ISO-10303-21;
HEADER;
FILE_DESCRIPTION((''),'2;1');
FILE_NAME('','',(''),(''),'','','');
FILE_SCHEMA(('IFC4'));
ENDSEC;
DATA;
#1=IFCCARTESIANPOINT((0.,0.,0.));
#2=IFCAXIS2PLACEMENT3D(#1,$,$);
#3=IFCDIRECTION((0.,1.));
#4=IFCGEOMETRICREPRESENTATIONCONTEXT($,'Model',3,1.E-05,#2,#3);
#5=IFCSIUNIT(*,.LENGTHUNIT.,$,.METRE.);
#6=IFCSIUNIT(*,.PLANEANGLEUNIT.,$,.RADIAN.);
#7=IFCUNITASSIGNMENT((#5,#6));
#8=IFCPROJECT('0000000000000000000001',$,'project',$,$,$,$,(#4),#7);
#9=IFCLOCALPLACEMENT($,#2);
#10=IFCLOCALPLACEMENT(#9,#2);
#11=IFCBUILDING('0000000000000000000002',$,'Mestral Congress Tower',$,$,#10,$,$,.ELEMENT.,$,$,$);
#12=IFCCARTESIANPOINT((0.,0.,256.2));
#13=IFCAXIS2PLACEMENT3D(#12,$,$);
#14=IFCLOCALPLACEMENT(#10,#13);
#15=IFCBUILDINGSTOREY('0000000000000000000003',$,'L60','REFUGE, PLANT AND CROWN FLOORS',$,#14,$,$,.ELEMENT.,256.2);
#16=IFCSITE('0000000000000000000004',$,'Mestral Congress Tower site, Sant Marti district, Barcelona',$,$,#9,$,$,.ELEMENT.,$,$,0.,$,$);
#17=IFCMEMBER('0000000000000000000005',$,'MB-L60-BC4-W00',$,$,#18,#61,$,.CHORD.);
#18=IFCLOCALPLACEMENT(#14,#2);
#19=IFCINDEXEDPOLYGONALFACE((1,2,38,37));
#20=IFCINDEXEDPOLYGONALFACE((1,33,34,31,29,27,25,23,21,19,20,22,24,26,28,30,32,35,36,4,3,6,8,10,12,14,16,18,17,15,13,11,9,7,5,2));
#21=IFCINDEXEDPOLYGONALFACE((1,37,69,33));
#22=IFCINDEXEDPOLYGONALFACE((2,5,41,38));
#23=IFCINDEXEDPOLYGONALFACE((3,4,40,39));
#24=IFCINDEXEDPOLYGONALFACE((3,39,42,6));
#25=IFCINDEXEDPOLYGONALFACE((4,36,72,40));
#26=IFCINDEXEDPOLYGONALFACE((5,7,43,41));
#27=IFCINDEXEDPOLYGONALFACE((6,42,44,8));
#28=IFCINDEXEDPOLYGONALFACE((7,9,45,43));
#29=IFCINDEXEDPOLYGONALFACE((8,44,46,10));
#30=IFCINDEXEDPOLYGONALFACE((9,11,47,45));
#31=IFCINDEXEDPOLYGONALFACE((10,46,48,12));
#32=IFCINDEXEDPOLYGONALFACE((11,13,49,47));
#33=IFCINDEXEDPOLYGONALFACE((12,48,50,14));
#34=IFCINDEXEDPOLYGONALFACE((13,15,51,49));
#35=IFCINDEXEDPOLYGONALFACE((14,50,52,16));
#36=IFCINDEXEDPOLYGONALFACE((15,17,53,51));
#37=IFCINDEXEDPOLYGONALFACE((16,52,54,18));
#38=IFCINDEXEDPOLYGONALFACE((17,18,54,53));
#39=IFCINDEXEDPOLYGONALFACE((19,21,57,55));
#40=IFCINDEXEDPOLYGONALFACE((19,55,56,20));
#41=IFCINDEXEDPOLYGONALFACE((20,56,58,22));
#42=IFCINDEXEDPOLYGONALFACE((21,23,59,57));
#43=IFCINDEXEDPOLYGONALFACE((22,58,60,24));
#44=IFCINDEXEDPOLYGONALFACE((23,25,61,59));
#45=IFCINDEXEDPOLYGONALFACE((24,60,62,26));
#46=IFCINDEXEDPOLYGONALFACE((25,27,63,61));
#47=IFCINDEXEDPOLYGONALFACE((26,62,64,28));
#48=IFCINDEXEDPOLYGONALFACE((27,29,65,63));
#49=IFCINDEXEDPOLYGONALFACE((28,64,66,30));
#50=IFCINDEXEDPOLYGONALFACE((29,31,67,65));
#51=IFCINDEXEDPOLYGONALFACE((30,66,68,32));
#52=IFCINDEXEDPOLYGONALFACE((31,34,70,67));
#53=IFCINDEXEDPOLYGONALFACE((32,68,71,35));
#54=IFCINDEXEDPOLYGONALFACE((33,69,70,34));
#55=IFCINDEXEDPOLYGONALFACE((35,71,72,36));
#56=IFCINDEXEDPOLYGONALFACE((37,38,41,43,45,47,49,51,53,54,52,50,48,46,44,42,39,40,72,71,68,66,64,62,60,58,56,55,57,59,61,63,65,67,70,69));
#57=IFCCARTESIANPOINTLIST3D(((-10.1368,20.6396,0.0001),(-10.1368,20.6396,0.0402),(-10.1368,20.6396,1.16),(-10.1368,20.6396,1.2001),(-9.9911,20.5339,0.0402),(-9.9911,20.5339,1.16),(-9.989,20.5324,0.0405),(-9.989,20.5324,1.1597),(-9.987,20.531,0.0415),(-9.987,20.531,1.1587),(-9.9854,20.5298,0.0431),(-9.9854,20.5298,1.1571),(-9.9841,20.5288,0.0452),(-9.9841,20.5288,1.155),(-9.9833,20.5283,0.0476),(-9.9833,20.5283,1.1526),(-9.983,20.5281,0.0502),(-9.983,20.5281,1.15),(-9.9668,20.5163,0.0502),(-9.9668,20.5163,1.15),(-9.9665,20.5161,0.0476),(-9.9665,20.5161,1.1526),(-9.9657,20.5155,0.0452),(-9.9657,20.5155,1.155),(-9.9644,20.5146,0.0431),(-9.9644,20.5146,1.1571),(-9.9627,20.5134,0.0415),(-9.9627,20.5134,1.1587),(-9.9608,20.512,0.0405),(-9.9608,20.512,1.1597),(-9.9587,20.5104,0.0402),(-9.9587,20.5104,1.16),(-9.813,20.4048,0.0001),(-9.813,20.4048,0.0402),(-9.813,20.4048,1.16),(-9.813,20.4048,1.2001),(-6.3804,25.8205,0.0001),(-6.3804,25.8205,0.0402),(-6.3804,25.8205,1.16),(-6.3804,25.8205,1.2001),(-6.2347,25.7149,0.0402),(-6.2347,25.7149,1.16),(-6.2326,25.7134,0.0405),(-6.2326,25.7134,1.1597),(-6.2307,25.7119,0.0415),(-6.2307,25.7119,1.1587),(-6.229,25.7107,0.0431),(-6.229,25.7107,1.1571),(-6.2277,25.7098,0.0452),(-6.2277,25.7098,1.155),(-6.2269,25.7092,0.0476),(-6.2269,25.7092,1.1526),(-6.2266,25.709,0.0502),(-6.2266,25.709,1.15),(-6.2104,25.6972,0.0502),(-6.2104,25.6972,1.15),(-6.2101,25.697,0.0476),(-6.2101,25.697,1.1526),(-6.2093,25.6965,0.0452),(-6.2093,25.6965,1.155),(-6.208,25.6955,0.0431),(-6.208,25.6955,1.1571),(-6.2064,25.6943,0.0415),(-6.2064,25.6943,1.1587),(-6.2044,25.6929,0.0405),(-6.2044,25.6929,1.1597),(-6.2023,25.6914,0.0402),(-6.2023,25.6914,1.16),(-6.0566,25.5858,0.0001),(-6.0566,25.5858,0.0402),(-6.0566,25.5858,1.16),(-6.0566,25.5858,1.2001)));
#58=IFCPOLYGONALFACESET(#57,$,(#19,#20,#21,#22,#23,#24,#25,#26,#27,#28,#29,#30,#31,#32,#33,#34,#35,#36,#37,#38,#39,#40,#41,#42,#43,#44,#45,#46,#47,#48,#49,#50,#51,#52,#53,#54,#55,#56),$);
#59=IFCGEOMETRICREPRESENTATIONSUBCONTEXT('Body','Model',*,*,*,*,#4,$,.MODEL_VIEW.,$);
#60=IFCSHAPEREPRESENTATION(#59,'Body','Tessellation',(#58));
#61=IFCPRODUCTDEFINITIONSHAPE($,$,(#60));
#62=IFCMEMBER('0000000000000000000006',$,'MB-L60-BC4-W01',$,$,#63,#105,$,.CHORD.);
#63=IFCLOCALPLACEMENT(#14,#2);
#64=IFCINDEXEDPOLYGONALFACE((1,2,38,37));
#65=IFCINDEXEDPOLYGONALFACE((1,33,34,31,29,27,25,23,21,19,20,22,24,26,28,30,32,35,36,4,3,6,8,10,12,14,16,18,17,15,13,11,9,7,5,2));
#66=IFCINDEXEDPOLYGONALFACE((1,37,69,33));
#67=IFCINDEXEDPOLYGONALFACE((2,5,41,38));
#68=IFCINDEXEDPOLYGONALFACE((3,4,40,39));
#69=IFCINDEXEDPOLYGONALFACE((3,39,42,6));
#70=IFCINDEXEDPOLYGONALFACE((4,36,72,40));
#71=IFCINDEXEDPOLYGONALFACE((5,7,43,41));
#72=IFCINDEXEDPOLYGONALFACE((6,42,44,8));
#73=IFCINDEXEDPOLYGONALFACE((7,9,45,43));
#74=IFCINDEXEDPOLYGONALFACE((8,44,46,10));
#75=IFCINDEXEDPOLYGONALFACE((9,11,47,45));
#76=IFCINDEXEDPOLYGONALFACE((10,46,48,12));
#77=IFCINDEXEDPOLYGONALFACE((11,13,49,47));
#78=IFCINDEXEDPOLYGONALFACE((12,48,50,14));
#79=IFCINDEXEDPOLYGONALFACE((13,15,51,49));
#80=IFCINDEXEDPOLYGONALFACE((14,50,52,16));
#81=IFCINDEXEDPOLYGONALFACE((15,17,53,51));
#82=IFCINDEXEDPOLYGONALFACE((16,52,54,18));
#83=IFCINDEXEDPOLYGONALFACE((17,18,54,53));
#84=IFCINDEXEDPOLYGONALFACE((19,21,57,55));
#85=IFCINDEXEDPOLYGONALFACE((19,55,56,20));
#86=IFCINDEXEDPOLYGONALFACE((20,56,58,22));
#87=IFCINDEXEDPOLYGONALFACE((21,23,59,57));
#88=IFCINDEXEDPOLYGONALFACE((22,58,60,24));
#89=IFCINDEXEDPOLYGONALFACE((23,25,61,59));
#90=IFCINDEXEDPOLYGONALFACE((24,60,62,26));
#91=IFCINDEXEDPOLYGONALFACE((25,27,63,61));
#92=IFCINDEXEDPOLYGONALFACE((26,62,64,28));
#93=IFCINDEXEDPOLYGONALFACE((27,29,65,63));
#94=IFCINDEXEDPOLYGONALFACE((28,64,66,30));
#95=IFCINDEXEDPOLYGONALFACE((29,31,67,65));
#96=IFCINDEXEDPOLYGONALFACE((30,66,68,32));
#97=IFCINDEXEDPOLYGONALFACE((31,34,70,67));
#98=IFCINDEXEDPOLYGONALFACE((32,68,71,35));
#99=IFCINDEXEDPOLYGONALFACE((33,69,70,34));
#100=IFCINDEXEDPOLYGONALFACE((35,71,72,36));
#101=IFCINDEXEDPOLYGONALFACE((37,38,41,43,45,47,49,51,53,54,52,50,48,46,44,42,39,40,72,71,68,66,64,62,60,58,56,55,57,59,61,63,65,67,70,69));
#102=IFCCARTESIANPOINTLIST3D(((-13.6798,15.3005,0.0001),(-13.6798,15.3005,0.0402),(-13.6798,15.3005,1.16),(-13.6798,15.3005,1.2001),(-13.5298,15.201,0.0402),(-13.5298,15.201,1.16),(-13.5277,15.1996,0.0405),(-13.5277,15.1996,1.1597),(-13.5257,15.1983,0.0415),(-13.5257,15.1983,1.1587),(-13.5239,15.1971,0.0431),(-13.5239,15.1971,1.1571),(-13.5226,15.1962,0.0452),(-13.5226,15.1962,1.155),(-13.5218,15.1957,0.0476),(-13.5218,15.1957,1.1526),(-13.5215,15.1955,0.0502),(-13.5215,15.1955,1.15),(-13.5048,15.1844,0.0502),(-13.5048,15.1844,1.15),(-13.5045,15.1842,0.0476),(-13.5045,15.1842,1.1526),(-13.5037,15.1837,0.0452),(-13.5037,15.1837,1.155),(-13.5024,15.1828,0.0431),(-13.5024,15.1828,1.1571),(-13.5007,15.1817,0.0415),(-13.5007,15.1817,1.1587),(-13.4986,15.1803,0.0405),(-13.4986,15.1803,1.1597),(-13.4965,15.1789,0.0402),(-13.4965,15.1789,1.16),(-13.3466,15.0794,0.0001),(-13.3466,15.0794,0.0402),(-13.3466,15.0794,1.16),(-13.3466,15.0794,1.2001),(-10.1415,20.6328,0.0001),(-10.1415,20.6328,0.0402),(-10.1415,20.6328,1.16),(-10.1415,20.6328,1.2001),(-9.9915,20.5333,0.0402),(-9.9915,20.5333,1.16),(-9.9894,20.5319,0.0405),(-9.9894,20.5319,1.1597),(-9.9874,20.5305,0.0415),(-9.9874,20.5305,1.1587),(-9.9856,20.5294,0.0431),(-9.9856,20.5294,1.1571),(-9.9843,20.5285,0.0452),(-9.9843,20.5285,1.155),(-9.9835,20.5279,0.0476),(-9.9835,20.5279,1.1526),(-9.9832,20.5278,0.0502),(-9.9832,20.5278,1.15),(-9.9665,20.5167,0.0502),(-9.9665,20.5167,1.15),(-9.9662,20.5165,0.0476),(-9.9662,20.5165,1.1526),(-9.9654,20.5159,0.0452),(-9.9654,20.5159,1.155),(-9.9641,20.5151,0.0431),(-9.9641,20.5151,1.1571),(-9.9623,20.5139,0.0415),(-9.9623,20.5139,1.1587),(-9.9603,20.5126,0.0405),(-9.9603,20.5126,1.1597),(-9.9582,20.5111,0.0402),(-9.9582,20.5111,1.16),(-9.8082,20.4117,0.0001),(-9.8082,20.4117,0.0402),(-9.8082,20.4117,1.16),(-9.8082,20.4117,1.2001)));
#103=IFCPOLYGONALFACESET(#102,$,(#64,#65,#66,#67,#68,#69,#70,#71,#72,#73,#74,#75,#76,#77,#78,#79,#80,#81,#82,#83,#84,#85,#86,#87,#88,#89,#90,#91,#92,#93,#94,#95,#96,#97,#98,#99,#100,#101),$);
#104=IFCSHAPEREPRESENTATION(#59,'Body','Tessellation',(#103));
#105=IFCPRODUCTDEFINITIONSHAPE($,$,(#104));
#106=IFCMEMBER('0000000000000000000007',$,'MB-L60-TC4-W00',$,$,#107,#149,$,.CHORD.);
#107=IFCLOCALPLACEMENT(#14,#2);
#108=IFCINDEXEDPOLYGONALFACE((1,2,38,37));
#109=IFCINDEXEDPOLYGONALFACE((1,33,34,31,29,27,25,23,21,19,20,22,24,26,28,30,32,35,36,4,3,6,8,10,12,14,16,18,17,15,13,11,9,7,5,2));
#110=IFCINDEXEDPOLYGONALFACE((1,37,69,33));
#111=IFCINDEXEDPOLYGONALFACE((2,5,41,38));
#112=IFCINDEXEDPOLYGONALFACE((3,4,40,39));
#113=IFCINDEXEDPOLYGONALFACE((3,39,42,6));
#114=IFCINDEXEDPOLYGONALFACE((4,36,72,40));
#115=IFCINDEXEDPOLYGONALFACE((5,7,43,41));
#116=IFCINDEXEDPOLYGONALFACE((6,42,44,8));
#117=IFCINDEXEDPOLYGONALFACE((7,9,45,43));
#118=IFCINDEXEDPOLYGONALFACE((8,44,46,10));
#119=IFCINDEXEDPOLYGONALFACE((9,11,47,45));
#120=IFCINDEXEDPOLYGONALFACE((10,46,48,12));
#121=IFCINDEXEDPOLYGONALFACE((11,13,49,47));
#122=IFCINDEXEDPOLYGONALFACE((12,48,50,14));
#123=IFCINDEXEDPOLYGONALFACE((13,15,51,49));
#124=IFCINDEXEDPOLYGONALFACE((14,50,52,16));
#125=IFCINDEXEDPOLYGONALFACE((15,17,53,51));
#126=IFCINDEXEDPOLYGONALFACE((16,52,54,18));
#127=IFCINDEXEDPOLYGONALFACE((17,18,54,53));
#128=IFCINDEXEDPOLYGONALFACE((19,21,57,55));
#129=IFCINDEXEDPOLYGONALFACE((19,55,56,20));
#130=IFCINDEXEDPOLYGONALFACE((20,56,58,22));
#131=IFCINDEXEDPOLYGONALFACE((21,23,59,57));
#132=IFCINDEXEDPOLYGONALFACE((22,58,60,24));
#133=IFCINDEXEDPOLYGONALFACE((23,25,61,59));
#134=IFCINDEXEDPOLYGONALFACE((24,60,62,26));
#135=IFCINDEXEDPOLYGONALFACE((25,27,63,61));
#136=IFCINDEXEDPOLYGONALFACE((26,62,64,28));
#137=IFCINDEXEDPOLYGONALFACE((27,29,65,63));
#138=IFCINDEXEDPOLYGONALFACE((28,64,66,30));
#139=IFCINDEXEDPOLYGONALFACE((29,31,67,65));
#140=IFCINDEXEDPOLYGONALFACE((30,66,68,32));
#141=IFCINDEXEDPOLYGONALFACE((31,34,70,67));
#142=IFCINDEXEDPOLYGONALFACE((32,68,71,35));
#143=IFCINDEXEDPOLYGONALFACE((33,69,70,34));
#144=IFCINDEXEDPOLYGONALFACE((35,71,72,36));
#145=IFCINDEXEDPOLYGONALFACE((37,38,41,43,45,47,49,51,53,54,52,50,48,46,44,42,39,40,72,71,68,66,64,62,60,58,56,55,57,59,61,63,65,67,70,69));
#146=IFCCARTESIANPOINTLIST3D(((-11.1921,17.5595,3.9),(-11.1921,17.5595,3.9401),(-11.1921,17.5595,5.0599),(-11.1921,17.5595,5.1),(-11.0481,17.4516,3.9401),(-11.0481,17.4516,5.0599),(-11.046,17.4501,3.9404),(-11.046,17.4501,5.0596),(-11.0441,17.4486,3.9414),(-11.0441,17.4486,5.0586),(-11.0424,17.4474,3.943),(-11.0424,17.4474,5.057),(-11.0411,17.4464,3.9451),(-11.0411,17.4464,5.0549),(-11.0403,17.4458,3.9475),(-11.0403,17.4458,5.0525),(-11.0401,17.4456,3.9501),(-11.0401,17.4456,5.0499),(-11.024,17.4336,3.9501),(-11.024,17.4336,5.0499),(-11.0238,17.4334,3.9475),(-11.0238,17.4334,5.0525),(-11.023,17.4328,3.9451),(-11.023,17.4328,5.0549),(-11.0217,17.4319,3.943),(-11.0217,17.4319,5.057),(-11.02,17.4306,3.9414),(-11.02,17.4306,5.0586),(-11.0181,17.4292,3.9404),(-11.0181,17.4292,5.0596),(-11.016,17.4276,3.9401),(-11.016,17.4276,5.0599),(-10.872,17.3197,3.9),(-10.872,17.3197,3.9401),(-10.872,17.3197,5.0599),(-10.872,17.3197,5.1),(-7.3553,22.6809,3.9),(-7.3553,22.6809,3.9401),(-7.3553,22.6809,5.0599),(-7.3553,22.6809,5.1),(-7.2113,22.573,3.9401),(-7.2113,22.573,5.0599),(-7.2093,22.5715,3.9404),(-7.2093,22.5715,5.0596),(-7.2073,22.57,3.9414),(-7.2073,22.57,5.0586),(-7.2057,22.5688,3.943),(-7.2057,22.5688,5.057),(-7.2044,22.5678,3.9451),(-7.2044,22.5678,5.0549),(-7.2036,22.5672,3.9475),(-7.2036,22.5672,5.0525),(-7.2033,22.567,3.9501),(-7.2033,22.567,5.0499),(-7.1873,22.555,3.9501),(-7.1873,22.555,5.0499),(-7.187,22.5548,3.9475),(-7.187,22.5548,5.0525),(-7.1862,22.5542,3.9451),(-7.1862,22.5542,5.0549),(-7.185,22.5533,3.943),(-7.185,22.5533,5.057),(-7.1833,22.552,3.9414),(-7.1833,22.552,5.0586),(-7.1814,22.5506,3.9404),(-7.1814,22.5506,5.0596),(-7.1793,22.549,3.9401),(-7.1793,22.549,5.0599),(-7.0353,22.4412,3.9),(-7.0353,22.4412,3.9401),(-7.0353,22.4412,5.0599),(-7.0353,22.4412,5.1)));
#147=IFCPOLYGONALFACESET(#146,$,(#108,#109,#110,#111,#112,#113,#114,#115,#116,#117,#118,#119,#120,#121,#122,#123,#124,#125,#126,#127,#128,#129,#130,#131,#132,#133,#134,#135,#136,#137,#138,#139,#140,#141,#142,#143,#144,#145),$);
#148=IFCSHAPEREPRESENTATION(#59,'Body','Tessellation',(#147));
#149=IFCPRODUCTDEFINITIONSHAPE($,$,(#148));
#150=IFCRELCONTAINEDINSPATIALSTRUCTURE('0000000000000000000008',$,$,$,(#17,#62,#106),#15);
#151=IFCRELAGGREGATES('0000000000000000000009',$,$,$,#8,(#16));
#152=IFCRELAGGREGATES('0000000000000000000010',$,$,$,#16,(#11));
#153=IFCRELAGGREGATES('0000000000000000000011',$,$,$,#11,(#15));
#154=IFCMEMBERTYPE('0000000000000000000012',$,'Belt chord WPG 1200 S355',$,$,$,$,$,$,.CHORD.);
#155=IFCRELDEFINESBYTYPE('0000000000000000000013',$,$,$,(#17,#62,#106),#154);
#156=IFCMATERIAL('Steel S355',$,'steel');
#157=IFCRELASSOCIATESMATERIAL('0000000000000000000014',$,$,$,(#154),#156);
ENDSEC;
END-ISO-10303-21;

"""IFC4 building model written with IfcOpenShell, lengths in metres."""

from ifc_helpers import new_model, si_unit, direction, frame, origin, origin_2d, place, context, subcontext, project, spatial, i_section, extrude, material, material_profile, profile_set, type_object, element, save


model = new_model("IFC4")

# Units and contexts
model_context = context("Model", 3, precision=1e-05, world=origin(), true_north=direction((0.0, 1.0)))
body_context = subcontext(model_context, "Body", "Model", "MODEL_VIEW")
ifc_project = project(units=[si_unit("LENGTHUNIT", "METRE"), si_unit("PLANEANGLEUNIT", "RADIAN")], contexts=[model_context])

# Site, building, storey
site_placement = place(None, origin())
site = spatial("IfcSite", under=ifc_project, at=site_placement, Name="Mestral Congress Tower site, Sant Marti district, Barcelona", CompositionType="ELEMENT", RefElevation=0.0)
building_placement = place(site_placement, origin())
building = spatial("IfcBuilding", under=site, at=building_placement, Name="Mestral Congress Tower", CompositionType="ELEMENT")
storey_placement = place(building_placement, frame((0.0, 0.0, 256.2)))
storey = spatial("IfcBuildingStorey", under=building, at=storey_placement, Name="L60", Description="REFUGE, PLANT AND CROWN FLOORS", CompositionType="ELEMENT", Elevation=256.2)

# Members
ifc_material_1 = material(Name="Steel S355", Category="steel")
ifc_material_profile_1 = material_profile(ifc_material_1, i_section(OverallWidth=0.3999, OverallDepth=1.2, WebThickness=0.02, FlangeThickness=0.04, FilletRadius=0.01, at=origin_2d()), Name="WPG 1200")
ifc_profile_set_1 = profile_set([ifc_material_profile_1], Name="Steel S355")
member_type_1 = type_object("IfcMemberType", Name="Belt chord WPG 1200 S355", PredefinedType="CHORD", material=ifc_profile_set_1)
for number, where, z_axis, x_axis, name in (
    (1, (-6.2185, 25.7031, 0.6001), (-0.586987, -0.809596, 0.0), (0.809596, -0.586987, 0.0), "MB-L60-BC4-W00"),
    (2, (-9.9749, 20.5222, 0.6001), (-0.552912, -0.83324, 0.0), (0.83324, -0.552912, 0.0), "MB-L60-BC4-W01"),
):
    element("IfcMember", number, at=place(storey_placement, frame(where, z_axis=z_axis, x_axis=x_axis)), inside=storey, type_object=member_type_1, Name=name, PredefinedType="CHORD", context=body_context, shape_type="SweptSolid", body=[
        extrude(i_section(OverallWidth=0.3999, OverallDepth=1.2, WebThickness=0.02, FlangeThickness=0.04, FilletRadius=0.01, at=origin_2d()), origin(), (0.0, 0.0, 1.0), 6.3994),
    ])
member_1_placement = place(storey_placement, frame((-7.1953, 22.561, 4.5), z_axis=(-0.599566, -0.800325, 0.0), x_axis=(0.800325, -0.599566, 0.0)))
element("IfcMember", 3, at=member_1_placement, inside=storey, type_object=member_type_1, Name="MB-L60-TC4-W00", PredefinedType="CHORD", context=body_context, shape_type="SweptSolid", body=[
    extrude(i_section(OverallWidth=0.3999, OverallDepth=1.2, WebThickness=0.02, FlangeThickness=0.04, FilletRadius=0.01, at=origin_2d()), origin(), (0.0, 0.0, 1.0), 6.3992),
])

save(model, "model.ifc")
